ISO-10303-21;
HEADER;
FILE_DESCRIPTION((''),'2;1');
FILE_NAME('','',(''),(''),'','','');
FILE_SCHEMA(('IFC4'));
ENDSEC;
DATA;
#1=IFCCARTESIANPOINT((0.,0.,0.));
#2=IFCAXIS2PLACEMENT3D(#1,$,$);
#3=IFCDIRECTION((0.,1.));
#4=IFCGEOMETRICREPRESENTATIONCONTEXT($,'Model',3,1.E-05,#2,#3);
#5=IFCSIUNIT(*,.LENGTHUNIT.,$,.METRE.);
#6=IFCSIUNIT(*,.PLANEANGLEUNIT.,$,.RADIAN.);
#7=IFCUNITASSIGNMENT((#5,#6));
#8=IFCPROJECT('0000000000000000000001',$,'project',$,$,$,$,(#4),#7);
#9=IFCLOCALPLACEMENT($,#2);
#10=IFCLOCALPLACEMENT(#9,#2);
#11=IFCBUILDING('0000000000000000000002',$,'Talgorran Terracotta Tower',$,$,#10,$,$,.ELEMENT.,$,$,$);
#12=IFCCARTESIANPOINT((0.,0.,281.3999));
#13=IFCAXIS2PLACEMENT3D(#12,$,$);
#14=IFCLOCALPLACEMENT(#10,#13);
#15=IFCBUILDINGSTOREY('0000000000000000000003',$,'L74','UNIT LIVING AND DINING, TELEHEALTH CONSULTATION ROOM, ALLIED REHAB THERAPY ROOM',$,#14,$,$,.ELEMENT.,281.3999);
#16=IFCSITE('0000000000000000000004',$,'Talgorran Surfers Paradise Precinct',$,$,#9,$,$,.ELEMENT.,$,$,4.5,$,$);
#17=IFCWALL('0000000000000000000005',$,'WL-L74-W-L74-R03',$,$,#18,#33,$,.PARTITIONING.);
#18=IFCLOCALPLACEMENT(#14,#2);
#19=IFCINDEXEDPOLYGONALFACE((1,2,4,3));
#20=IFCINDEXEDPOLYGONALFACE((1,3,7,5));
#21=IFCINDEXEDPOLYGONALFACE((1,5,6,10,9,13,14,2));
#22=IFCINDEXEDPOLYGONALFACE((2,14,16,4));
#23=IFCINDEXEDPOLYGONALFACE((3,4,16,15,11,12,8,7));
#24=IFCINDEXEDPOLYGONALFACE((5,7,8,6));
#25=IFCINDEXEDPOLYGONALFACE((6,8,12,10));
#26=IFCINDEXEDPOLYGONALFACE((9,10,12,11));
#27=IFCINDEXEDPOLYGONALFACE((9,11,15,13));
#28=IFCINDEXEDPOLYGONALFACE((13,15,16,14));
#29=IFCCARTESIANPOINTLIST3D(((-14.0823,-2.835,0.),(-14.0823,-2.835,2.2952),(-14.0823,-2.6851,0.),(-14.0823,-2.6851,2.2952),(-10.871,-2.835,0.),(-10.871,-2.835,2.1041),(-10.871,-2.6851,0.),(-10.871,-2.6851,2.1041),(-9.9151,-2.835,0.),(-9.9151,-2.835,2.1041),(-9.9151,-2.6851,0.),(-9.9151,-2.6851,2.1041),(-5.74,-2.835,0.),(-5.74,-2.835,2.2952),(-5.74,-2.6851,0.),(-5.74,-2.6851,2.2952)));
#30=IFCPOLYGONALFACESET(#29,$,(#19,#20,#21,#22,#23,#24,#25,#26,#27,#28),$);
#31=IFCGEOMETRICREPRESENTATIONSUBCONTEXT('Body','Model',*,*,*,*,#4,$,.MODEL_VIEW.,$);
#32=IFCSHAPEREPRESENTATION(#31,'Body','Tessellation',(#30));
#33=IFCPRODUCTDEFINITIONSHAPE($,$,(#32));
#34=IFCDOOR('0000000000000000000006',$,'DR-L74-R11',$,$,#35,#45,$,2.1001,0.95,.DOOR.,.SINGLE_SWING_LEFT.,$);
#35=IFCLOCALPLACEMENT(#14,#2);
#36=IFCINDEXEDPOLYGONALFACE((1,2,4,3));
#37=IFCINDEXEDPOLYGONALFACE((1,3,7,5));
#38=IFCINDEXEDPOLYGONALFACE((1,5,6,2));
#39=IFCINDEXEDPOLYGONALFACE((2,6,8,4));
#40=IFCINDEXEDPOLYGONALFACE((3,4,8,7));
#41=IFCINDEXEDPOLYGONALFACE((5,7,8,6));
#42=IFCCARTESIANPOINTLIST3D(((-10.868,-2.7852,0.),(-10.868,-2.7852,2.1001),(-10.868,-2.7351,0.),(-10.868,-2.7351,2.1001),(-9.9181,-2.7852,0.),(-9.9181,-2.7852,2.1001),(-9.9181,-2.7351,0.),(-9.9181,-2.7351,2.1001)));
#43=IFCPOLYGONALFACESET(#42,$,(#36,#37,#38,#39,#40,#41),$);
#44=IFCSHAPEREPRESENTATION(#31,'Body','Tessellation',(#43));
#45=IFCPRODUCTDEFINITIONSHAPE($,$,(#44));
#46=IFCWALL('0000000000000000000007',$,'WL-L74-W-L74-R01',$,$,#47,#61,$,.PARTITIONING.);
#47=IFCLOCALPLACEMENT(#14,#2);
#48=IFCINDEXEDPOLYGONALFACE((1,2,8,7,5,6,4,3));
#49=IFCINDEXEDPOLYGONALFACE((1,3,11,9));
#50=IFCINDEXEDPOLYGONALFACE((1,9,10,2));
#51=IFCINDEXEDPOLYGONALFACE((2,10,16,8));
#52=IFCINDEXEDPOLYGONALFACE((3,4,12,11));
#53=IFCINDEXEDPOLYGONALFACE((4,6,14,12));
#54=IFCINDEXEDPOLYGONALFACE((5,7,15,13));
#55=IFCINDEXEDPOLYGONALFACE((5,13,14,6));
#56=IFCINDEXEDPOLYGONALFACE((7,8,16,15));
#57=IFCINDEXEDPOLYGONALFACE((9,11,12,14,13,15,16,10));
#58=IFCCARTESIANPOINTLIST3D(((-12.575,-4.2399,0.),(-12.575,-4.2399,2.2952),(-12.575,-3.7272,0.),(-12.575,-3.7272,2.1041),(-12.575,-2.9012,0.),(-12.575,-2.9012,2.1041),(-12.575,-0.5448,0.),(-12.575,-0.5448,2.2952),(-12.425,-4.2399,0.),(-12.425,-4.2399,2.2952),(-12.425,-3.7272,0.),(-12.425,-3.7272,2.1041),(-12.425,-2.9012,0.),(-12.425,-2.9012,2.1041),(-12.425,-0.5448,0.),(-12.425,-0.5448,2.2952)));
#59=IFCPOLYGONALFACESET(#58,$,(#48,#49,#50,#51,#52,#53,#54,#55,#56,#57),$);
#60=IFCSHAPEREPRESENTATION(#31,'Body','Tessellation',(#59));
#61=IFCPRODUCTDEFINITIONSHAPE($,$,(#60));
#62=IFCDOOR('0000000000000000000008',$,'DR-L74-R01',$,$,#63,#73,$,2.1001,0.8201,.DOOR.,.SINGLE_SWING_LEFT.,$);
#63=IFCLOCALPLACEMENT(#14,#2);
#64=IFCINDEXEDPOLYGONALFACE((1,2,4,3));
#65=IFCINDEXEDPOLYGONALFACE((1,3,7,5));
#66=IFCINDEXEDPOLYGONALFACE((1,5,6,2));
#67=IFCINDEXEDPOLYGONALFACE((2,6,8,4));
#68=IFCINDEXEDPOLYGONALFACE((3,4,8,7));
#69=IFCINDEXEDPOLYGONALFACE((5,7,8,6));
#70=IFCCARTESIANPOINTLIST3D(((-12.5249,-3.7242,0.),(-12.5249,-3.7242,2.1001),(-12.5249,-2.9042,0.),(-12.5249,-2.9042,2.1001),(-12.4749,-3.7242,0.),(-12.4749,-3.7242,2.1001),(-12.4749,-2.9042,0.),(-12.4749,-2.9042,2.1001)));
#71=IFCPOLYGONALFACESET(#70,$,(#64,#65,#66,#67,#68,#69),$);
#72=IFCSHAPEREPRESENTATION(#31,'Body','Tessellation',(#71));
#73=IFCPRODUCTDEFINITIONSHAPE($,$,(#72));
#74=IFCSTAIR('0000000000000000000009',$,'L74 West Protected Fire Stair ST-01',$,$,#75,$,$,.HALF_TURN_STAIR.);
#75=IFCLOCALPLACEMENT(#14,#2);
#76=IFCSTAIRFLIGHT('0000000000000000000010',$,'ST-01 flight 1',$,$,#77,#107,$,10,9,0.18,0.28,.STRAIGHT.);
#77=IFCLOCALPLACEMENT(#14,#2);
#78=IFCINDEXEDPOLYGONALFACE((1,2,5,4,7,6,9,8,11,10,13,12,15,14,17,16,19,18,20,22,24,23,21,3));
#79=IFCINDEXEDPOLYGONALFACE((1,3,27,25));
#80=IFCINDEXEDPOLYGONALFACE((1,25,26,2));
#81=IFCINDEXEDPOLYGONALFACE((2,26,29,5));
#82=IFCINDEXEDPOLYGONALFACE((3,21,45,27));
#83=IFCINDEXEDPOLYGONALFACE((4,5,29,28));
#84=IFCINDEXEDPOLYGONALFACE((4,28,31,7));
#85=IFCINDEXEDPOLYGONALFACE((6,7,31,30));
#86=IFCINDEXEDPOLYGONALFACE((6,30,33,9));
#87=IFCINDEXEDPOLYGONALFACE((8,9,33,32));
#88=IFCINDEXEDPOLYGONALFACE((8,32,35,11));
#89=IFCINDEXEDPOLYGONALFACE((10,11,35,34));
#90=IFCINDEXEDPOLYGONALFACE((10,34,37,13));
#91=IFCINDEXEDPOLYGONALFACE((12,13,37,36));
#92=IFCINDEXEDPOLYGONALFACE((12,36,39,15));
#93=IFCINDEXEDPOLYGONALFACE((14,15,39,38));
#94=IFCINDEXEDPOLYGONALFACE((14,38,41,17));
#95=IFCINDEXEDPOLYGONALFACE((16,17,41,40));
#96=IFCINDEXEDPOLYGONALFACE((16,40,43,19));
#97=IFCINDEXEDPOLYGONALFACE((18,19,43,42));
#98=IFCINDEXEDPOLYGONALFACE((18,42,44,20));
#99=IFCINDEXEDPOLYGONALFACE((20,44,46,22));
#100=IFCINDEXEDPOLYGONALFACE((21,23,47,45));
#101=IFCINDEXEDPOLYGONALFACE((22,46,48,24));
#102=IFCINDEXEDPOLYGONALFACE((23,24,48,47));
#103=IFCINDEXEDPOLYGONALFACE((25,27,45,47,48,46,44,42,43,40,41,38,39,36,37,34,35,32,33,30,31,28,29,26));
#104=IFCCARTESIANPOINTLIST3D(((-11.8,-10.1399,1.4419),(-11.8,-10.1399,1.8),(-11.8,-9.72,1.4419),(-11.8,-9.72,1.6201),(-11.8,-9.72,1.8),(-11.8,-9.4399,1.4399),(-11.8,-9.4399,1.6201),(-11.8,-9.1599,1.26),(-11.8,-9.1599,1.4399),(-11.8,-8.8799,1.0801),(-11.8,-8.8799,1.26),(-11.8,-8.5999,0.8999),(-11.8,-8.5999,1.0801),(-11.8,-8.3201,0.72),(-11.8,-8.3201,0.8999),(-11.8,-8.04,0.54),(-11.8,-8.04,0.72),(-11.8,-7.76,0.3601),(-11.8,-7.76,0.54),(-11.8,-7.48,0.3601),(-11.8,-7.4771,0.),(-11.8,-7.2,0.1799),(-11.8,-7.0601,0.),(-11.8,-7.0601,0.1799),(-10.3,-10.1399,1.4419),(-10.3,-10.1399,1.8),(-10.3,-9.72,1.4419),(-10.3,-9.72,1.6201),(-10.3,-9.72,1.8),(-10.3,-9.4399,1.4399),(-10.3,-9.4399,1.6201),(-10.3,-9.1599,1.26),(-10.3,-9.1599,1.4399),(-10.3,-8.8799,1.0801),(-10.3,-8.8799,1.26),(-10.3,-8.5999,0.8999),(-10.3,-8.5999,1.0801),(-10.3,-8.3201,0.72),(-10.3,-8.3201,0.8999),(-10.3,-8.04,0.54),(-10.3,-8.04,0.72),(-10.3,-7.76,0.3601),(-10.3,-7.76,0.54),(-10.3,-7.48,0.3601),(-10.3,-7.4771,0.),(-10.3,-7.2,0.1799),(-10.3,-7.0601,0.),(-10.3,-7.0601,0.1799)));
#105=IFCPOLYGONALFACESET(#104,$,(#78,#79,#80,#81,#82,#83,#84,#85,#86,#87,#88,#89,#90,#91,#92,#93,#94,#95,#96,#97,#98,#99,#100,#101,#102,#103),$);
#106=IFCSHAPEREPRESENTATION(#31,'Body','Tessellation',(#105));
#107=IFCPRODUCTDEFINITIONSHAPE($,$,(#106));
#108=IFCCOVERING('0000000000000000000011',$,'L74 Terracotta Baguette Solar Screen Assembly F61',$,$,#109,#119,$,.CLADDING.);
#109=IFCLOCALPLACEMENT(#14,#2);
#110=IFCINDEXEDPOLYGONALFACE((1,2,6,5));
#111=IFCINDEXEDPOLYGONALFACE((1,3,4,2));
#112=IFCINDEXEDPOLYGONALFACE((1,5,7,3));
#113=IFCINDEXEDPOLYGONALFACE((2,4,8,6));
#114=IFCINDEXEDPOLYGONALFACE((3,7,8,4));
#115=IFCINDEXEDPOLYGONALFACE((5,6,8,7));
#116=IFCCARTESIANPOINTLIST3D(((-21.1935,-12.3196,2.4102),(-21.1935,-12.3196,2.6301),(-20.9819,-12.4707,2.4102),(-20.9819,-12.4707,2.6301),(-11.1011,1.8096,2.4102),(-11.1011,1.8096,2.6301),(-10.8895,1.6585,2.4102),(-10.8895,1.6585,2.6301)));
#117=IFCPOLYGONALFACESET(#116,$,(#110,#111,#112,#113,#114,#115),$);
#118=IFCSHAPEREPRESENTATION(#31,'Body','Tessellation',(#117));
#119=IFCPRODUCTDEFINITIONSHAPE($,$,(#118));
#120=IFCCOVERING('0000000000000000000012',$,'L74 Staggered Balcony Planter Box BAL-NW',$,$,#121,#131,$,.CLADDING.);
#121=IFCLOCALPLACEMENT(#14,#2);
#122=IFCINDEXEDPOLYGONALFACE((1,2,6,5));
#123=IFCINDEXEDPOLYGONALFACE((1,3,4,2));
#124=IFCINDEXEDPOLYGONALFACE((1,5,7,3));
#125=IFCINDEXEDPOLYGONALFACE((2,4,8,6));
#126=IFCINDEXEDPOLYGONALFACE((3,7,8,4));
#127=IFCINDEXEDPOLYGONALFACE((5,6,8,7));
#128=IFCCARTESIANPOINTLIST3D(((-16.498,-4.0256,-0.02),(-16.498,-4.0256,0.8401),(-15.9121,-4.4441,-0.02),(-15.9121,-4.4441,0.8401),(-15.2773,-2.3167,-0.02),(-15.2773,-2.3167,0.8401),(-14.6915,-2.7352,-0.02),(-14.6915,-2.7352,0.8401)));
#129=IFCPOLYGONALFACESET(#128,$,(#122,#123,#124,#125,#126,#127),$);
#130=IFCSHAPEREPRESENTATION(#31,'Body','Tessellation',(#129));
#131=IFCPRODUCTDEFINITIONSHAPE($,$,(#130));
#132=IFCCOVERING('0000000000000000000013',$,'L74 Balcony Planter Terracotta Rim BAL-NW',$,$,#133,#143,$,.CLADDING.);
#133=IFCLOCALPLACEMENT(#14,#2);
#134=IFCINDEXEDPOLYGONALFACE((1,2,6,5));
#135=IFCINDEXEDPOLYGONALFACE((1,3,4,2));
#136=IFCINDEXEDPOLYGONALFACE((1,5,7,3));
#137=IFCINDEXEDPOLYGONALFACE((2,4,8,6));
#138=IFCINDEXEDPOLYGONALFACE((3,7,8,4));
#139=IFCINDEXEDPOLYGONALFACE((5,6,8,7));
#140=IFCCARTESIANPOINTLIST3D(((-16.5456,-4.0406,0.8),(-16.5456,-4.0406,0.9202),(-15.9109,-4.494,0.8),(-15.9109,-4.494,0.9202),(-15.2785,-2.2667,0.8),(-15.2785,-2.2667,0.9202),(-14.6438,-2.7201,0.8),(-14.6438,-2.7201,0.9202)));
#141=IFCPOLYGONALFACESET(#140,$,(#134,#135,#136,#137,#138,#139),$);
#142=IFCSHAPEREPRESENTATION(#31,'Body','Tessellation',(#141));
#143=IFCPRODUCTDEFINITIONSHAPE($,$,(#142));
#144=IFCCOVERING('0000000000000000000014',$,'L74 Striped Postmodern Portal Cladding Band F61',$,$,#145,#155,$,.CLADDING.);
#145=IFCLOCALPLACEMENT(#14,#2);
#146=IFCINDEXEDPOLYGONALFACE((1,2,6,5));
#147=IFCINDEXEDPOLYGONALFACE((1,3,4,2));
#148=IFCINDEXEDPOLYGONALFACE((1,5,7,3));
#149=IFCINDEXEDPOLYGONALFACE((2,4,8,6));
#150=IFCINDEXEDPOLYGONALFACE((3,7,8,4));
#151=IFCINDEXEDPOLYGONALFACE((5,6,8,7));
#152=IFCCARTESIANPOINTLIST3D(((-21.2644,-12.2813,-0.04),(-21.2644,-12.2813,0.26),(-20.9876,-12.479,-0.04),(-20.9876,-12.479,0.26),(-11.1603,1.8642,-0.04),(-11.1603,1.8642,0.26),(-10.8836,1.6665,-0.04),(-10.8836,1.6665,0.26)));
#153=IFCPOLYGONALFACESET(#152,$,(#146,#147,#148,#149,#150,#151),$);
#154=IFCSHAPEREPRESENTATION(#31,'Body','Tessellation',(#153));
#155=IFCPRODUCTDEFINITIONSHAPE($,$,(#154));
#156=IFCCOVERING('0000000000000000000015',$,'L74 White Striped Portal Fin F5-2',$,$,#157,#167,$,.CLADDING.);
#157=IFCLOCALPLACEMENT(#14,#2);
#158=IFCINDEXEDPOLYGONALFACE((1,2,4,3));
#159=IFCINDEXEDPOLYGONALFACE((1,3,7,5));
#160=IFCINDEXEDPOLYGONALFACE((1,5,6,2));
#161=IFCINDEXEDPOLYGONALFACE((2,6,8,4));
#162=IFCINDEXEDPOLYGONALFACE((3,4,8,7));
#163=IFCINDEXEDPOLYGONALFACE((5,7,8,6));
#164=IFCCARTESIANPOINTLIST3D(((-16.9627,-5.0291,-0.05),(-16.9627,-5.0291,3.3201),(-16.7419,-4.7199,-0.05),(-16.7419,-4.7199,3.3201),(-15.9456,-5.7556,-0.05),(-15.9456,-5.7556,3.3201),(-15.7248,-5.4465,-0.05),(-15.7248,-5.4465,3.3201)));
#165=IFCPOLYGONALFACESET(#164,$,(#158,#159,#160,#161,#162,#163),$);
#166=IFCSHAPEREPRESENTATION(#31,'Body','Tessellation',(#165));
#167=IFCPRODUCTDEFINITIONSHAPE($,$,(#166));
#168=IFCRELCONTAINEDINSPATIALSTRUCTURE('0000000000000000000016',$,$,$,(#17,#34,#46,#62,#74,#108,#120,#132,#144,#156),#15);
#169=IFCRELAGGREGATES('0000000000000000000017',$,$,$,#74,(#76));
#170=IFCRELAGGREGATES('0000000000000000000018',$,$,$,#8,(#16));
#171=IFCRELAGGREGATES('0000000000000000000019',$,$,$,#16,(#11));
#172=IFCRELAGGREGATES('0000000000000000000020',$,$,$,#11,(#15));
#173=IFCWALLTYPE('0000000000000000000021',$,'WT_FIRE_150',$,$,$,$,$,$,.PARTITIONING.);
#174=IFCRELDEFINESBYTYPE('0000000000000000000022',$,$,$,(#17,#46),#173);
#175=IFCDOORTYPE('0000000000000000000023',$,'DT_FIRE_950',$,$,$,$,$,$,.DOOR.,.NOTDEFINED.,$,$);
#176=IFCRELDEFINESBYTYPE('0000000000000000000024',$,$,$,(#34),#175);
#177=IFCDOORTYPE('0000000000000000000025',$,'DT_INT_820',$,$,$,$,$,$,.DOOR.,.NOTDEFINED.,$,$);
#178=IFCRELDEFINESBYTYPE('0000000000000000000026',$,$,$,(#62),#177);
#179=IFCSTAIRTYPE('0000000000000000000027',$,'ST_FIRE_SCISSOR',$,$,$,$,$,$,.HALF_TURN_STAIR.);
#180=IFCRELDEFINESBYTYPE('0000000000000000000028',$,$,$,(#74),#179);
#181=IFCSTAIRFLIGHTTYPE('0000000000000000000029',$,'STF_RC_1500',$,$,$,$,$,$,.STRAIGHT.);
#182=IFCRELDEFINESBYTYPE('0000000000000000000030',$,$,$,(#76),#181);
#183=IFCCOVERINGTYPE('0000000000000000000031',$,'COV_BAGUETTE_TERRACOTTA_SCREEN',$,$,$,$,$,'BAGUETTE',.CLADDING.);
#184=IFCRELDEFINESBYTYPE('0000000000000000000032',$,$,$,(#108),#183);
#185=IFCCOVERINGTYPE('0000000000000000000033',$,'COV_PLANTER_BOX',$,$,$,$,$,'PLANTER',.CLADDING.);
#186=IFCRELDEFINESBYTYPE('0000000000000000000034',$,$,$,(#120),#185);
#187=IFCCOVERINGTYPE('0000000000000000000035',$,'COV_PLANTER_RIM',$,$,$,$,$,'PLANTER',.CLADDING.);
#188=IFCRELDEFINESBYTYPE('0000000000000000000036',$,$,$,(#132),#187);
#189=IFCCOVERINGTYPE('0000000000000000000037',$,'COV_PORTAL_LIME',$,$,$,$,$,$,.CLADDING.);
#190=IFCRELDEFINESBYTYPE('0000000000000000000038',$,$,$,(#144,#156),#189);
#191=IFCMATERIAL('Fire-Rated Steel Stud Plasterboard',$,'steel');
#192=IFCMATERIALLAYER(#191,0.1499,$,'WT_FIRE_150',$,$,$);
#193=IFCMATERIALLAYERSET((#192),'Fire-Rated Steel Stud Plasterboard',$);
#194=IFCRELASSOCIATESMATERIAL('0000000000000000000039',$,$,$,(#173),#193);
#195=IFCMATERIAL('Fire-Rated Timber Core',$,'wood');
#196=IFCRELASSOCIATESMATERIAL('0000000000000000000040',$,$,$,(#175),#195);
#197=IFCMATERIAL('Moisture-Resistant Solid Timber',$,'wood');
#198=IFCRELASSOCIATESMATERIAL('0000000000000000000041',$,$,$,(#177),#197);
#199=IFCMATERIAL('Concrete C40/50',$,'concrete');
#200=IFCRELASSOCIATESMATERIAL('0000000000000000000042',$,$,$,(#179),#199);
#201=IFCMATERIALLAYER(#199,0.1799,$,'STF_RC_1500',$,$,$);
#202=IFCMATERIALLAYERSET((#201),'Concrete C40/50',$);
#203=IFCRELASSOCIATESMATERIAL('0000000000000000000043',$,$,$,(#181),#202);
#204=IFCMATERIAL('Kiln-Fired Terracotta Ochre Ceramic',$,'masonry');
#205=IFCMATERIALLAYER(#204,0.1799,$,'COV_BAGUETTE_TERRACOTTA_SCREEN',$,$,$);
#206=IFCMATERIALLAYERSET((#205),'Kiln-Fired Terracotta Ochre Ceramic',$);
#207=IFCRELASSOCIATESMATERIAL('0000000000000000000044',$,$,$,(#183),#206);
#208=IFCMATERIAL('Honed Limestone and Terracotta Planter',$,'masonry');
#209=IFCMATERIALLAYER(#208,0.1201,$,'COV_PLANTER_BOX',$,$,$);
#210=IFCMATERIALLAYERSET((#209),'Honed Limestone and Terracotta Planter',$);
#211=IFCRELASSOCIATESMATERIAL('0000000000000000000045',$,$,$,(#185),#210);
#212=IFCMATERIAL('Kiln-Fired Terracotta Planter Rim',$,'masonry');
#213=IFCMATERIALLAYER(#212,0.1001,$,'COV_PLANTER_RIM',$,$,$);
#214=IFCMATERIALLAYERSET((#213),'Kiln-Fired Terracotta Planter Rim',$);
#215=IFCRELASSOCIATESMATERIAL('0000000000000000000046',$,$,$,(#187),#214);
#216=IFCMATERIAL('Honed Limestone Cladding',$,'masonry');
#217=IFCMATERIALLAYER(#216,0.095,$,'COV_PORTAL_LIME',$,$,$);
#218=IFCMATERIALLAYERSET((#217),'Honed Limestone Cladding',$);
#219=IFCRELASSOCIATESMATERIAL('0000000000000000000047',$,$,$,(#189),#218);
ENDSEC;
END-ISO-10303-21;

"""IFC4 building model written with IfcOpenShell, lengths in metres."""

from ifc_helpers import new_model, si_unit, direction, frame, frame_2d, origin, origin_2d, place, context, subcontext, project, spatial, polyline, rectangle, outline, extrude, material, layer, layer_set, type_object, element, fill, aggregate, save


model = new_model("IFC4")

# Units and contexts
model_context = context("Model", 3, precision=1e-05, world=origin(), true_north=direction((0.0, 1.0)))
body_context = subcontext(model_context, "Body", "Model", "MODEL_VIEW")
ifc_project = project(units=[si_unit("LENGTHUNIT", "METRE"), si_unit("PLANEANGLEUNIT", "RADIAN")], contexts=[model_context])

# Site, building, storey
site_placement = place(None, origin())
site = spatial("IfcSite", under=ifc_project, at=site_placement, Name="Talgorran Surfers Paradise Precinct", CompositionType="ELEMENT", RefElevation=4.5)
building_placement = place(site_placement, origin())
building = spatial("IfcBuilding", under=site, at=building_placement, Name="Talgorran Terracotta Tower", CompositionType="ELEMENT")
storey_placement = place(building_placement, frame((0.0, 0.0, 281.3999)))
storey = spatial("IfcBuildingStorey", under=building, at=storey_placement, Name="L74", Description="UNIT LIVING AND DINING, TELEHEALTH CONSULTATION ROOM, ALLIED REHAB THERAPY ROOM", CompositionType="ELEMENT", Elevation=281.3999)

# Walls, openings, doors
ifc_material_1 = material(Name="Fire-Rated Steel Stud Plasterboard", Category="steel")
ifc_layer_1 = layer(ifc_material_1, 0.1499, Name="WT_FIRE_150")
ifc_layer_set_1 = layer_set([ifc_layer_1], Name="Fire-Rated Steel Stud Plasterboard")
wall_type_1 = type_object("IfcWallType", Name="WT_FIRE_150", PredefinedType="PARTITIONING", material=ifc_layer_set_1)
wall_1_placement = place(storey_placement, frame((-14.0823, -2.76, 0.0), z_axis=(0.0, 0.0, 1.0), x_axis=(1.0, 0.0, 0.0)))
wall_1 = element("IfcWall", 1, at=wall_1_placement, inside=storey, type_object=wall_type_1, Name="WL-L74-W-L74-R03", PredefinedType="PARTITIONING", context=body_context, shape_type="SweptSolid", body=[
    extrude(rectangle(XDim=8.3423, YDim=0.1499, at=frame_2d((4.1711, 0.0))), origin(), (0.0, 0.0, 1.0), 2.2952),
])
opening_1_placement = place(wall_1_placement, frame((3.2141, 0.0, 0.0)))
opening_1 = element("IfcOpeningElement", 2, at=opening_1_placement, cuts=wall_1, PredefinedType="OPENING", context=body_context, shape_type="SweptSolid", body=[
    extrude(rectangle(XDim=0.956, YDim=2.1041, at=frame_2d((0.4751, 1.052))), frame((0.0, 0.085, 0.0), z_axis=(0.0, -1.0, 0.0), x_axis=(1.0, 0.0, 0.0)), (0.0, 0.0, 1.0), 0.1699),
])
ifc_material_2 = material(Name="Fire-Rated Timber Core", Category="wood")
door_type_1 = type_object("IfcDoorType", Name="DT_FIRE_950", OperationType="NOTDEFINED", PredefinedType="DOOR", material=ifc_material_2)
door_1_placement = place(opening_1_placement, origin())
door_1 = element("IfcDoor", 3, at=door_1_placement, inside=storey, type_object=door_type_1, Name="DR-L74-R11", OperationType="SINGLE_SWING_LEFT", OverallHeight=2.1001, OverallWidth=0.95, PredefinedType="DOOR", context=body_context, shape_type="SweptSolid", body=[
    extrude(rectangle(XDim=0.95, YDim=2.1001, at=frame_2d((0.4751, 1.05))), frame((0.0, 0.0249, 0.0), z_axis=(0.0, -1.0, 0.0), x_axis=(1.0, 0.0, 0.0)), (0.0, 0.0, 1.0), 0.05),
])
fill(opening_1, door_1)
wall_2_placement = place(storey_placement, frame((-12.5, -4.24, 0.0), z_axis=(0.0, 0.0, 1.0), x_axis=(0.0, 1.0, 0.0)))
wall_2 = element("IfcWall", 4, at=wall_2_placement, inside=storey, type_object=wall_type_1, Name="WL-L74-W-L74-R01", PredefinedType="PARTITIONING", context=body_context, shape_type="SweptSolid", body=[
    extrude(rectangle(XDim=3.6951, YDim=0.1499, at=frame_2d((1.8477, 0.0))), origin(), (0.0, 0.0, 1.0), 2.2952),
])
opening_2_placement = place(wall_2_placement, frame((0.5156, 0.0, 0.0)))
opening_2 = element("IfcOpeningElement", 5, at=opening_2_placement, cuts=wall_2, PredefinedType="OPENING", context=body_context, shape_type="SweptSolid", body=[
    extrude(rectangle(XDim=0.8261, YDim=2.1041, at=frame_2d((0.4102, 1.052))), frame((0.0, 0.085, 0.0), z_axis=(0.0, -1.0, 0.0), x_axis=(1.0, 0.0, 0.0)), (0.0, 0.0, 1.0), 0.1699),
])
ifc_material_3 = material(Name="Moisture-Resistant Solid Timber", Category="wood")
door_type_2 = type_object("IfcDoorType", Name="DT_INT_820", OperationType="NOTDEFINED", PredefinedType="DOOR", material=ifc_material_3)
door_2_placement = place(opening_2_placement, origin())
door_2 = element("IfcDoor", 6, at=door_2_placement, inside=storey, type_object=door_type_2, Name="DR-L74-R01", OperationType="SINGLE_SWING_LEFT", OverallHeight=2.1001, OverallWidth=0.8201, PredefinedType="DOOR", context=body_context, shape_type="SweptSolid", body=[
    extrude(rectangle(XDim=0.8201, YDim=2.1001, at=frame_2d((0.4102, 1.05))), frame((0.0, 0.0249, 0.0), z_axis=(0.0, -1.0, 0.0), x_axis=(1.0, 0.0, 0.0)), (0.0, 0.0, 1.0), 0.05),
])
fill(opening_2, door_2)

# Stair, stair flight
ifc_material_4 = material(Name="Concrete C40/50", Category="concrete")
stair_type = type_object("IfcStairType", Name="ST_FIRE_SCISSOR", PredefinedType="HALF_TURN_STAIR", material=ifc_material_4)
stair_placement = place(storey_placement, origin())
stair = element("IfcStair", 7, at=stair_placement, inside=storey, type_object=stair_type, Name="L74 West Protected Fire Stair ST-01", PredefinedType="HALF_TURN_STAIR")
ifc_layer_2 = layer(ifc_material_4, 0.1799, Name="STF_RC_1500")
ifc_layer_set_2 = layer_set([ifc_layer_2], Name="Concrete C40/50")
stair_flight_type = type_object("IfcStairFlightType", Name="STF_RC_1500", PredefinedType="STRAIGHT", material=ifc_layer_set_2)
stair_flight_placement = place(storey_placement, frame((-11.05, -7.2, 0.0), z_axis=(0.0, 0.0, 1.0), x_axis=(0.0, -1.0, 0.0)))
stair_flight = element("IfcStairFlight", 8, at=stair_flight_placement, type_object=stair_flight_type, Name="ST-01 flight 1", NumberOfRisers=10, NumberOfTreads=9, PredefinedType="STRAIGHT", RiserHeight=0.18, TreadLength=0.28, context=body_context, shape_type="SweptSolid", body=[
    extrude(outline(polyline([(-0.1399, 0.0), (-0.1399, 0.1799), (0.0, 0.1799), (0.28, 0.3601), (0.5601, 0.3601), (0.5601, 0.54), (0.8401, 0.54), (0.8401, 0.72), (1.1201, 0.72), (1.1201, 0.8999), (1.3999, 0.8999), (1.3999, 1.0801), (1.6799, 1.0801), (1.6799, 1.26), (1.96, 1.26), (1.96, 1.4399), (2.24, 1.4399), (2.24, 1.6201), (2.52, 1.6201), (2.52, 1.8), (2.9399, 1.8), (2.9399, 1.4419), (2.52, 1.4419), (0.2771, 0.0), (-0.1399, 0.0)])), frame((0.0, 0.75, 0.0), z_axis=(0.0, -1.0, 0.0), x_axis=(1.0, 0.0, 0.0)), (0.0, 0.0, 1.0), 1.5),
])
aggregate(stair, [stair_flight])

# Coverings
ifc_material_5 = material(Name="Kiln-Fired Terracotta Ochre Ceramic", Category="masonry")
ifc_layer_3 = layer(ifc_material_5, 0.1799, Name="COV_BAGUETTE_TERRACOTTA_SCREEN")
ifc_layer_set_3 = layer_set([ifc_layer_3], Name="Kiln-Fired Terracotta Ochre Ceramic")
covering_type_1 = type_object("IfcCoveringType", Name="COV_BAGUETTE_TERRACOTTA_SCREEN", ElementType="BAGUETTE", PredefinedType="CLADDING", material=ifc_layer_set_3)
covering_1_placement = place(storey_placement, frame((-16.0415, -5.3306, 2.4102), z_axis=(0.0, 0.0, 1.0), x_axis=(-0.581243, -0.81373, 0.0)))
element("IfcCovering", 9, at=covering_1_placement, inside=storey, type_object=covering_type_1, Name="L74 Terracotta Baguette Solar Screen Assembly F61", PredefinedType="CLADDING", context=body_context, shape_type="SweptSolid", body=[
    extrude(rectangle(XDim=17.3635, YDim=0.26, at=origin_2d()), origin(), (0.0, 0.0, 1.0), 0.22),
])
ifc_material_6 = material(Name="Honed Limestone and Terracotta Planter", Category="masonry")
ifc_layer_4 = layer(ifc_material_6, 0.1201, Name="COV_PLANTER_BOX")
ifc_layer_set_4 = layer_set([ifc_layer_4], Name="Honed Limestone and Terracotta Planter")
covering_type_2 = type_object("IfcCoveringType", Name="COV_PLANTER_BOX", ElementType="PLANTER", PredefinedType="CLADDING", material=ifc_layer_set_4)
covering_2_placement = place(storey_placement, frame((-15.5947, -3.3804, -0.02), z_axis=(0.0, 0.0, 1.0), x_axis=(-0.581257, -0.81372, 0.0)))
element("IfcCovering", 10, at=covering_2_placement, inside=storey, type_object=covering_type_2, Name="L74 Staggered Balcony Planter Box BAL-NW", PredefinedType="CLADDING", context=body_context, shape_type="SweptSolid", body=[
    extrude(rectangle(XDim=2.1001, YDim=0.72, at=origin_2d()), origin(), (0.0, 0.0, 1.0), 0.8601),
])
ifc_material_7 = material(Name="Kiln-Fired Terracotta Planter Rim", Category="masonry")
ifc_layer_5 = layer(ifc_material_7, 0.1001, Name="COV_PLANTER_RIM")
ifc_layer_set_5 = layer_set([ifc_layer_5], Name="Kiln-Fired Terracotta Planter Rim")
covering_type_3 = type_object("IfcCoveringType", Name="COV_PLANTER_RIM", ElementType="PLANTER", PredefinedType="CLADDING", material=ifc_layer_set_5)
covering_3_placement = place(storey_placement, frame((-15.5947, -3.3804, 0.8), z_axis=(0.0, 0.0, 1.0), x_axis=(-0.581257, -0.81372, 0.0)))
element("IfcCovering", 11, at=covering_3_placement, inside=storey, type_object=covering_type_3, Name="L74 Balcony Planter Terracotta Rim BAL-NW", PredefinedType="CLADDING", context=body_context, shape_type="SweptSolid", body=[
    extrude(rectangle(XDim=2.1799, YDim=0.78, at=origin_2d()), origin(), (0.0, 0.0, 1.0), 0.1201),
])
ifc_material_8 = material(Name="Honed Limestone Cladding", Category="masonry")
ifc_layer_6 = layer(ifc_material_8, 0.095, Name="COV_PORTAL_LIME")
ifc_layer_set_6 = layer_set([ifc_layer_6], Name="Honed Limestone Cladding")
covering_type_4 = type_object("IfcCoveringType", Name="COV_PORTAL_LIME", PredefinedType="CLADDING", material=ifc_layer_set_6)
covering_4_placement = place(storey_placement, frame((-16.074, -5.3074, -0.04), z_axis=(0.0, 0.0, 1.0), x_axis=(-0.581243, -0.81373, 0.0)))
element("IfcCovering", 12, at=covering_4_placement, inside=storey, type_object=covering_type_4, Name="L74 Striped Postmodern Portal Cladding Band F61", PredefinedType="CLADDING", context=body_context, shape_type="SweptSolid", body=[
    extrude(rectangle(XDim=17.3835, YDim=0.3401, at=origin_2d()), origin(), (0.0, 0.0, 1.0), 0.3),
])
covering_5_placement = place(storey_placement, frame((-16.3438, -5.2378, -0.05), z_axis=(0.0, 0.0, 1.0), x_axis=(-0.581257, -0.81372, 0.0)))
element("IfcCovering", 13, at=covering_5_placement, inside=storey, type_object=covering_type_4, Name="L74 White Striped Portal Fin F5-2", PredefinedType="CLADDING", context=body_context, shape_type="SweptSolid", body=[
    extrude(rectangle(XDim=0.3799, YDim=1.25, at=origin_2d()), origin(), (0.0, 0.0, 1.0), 3.3701),
])

save(model, "model.ifc")
